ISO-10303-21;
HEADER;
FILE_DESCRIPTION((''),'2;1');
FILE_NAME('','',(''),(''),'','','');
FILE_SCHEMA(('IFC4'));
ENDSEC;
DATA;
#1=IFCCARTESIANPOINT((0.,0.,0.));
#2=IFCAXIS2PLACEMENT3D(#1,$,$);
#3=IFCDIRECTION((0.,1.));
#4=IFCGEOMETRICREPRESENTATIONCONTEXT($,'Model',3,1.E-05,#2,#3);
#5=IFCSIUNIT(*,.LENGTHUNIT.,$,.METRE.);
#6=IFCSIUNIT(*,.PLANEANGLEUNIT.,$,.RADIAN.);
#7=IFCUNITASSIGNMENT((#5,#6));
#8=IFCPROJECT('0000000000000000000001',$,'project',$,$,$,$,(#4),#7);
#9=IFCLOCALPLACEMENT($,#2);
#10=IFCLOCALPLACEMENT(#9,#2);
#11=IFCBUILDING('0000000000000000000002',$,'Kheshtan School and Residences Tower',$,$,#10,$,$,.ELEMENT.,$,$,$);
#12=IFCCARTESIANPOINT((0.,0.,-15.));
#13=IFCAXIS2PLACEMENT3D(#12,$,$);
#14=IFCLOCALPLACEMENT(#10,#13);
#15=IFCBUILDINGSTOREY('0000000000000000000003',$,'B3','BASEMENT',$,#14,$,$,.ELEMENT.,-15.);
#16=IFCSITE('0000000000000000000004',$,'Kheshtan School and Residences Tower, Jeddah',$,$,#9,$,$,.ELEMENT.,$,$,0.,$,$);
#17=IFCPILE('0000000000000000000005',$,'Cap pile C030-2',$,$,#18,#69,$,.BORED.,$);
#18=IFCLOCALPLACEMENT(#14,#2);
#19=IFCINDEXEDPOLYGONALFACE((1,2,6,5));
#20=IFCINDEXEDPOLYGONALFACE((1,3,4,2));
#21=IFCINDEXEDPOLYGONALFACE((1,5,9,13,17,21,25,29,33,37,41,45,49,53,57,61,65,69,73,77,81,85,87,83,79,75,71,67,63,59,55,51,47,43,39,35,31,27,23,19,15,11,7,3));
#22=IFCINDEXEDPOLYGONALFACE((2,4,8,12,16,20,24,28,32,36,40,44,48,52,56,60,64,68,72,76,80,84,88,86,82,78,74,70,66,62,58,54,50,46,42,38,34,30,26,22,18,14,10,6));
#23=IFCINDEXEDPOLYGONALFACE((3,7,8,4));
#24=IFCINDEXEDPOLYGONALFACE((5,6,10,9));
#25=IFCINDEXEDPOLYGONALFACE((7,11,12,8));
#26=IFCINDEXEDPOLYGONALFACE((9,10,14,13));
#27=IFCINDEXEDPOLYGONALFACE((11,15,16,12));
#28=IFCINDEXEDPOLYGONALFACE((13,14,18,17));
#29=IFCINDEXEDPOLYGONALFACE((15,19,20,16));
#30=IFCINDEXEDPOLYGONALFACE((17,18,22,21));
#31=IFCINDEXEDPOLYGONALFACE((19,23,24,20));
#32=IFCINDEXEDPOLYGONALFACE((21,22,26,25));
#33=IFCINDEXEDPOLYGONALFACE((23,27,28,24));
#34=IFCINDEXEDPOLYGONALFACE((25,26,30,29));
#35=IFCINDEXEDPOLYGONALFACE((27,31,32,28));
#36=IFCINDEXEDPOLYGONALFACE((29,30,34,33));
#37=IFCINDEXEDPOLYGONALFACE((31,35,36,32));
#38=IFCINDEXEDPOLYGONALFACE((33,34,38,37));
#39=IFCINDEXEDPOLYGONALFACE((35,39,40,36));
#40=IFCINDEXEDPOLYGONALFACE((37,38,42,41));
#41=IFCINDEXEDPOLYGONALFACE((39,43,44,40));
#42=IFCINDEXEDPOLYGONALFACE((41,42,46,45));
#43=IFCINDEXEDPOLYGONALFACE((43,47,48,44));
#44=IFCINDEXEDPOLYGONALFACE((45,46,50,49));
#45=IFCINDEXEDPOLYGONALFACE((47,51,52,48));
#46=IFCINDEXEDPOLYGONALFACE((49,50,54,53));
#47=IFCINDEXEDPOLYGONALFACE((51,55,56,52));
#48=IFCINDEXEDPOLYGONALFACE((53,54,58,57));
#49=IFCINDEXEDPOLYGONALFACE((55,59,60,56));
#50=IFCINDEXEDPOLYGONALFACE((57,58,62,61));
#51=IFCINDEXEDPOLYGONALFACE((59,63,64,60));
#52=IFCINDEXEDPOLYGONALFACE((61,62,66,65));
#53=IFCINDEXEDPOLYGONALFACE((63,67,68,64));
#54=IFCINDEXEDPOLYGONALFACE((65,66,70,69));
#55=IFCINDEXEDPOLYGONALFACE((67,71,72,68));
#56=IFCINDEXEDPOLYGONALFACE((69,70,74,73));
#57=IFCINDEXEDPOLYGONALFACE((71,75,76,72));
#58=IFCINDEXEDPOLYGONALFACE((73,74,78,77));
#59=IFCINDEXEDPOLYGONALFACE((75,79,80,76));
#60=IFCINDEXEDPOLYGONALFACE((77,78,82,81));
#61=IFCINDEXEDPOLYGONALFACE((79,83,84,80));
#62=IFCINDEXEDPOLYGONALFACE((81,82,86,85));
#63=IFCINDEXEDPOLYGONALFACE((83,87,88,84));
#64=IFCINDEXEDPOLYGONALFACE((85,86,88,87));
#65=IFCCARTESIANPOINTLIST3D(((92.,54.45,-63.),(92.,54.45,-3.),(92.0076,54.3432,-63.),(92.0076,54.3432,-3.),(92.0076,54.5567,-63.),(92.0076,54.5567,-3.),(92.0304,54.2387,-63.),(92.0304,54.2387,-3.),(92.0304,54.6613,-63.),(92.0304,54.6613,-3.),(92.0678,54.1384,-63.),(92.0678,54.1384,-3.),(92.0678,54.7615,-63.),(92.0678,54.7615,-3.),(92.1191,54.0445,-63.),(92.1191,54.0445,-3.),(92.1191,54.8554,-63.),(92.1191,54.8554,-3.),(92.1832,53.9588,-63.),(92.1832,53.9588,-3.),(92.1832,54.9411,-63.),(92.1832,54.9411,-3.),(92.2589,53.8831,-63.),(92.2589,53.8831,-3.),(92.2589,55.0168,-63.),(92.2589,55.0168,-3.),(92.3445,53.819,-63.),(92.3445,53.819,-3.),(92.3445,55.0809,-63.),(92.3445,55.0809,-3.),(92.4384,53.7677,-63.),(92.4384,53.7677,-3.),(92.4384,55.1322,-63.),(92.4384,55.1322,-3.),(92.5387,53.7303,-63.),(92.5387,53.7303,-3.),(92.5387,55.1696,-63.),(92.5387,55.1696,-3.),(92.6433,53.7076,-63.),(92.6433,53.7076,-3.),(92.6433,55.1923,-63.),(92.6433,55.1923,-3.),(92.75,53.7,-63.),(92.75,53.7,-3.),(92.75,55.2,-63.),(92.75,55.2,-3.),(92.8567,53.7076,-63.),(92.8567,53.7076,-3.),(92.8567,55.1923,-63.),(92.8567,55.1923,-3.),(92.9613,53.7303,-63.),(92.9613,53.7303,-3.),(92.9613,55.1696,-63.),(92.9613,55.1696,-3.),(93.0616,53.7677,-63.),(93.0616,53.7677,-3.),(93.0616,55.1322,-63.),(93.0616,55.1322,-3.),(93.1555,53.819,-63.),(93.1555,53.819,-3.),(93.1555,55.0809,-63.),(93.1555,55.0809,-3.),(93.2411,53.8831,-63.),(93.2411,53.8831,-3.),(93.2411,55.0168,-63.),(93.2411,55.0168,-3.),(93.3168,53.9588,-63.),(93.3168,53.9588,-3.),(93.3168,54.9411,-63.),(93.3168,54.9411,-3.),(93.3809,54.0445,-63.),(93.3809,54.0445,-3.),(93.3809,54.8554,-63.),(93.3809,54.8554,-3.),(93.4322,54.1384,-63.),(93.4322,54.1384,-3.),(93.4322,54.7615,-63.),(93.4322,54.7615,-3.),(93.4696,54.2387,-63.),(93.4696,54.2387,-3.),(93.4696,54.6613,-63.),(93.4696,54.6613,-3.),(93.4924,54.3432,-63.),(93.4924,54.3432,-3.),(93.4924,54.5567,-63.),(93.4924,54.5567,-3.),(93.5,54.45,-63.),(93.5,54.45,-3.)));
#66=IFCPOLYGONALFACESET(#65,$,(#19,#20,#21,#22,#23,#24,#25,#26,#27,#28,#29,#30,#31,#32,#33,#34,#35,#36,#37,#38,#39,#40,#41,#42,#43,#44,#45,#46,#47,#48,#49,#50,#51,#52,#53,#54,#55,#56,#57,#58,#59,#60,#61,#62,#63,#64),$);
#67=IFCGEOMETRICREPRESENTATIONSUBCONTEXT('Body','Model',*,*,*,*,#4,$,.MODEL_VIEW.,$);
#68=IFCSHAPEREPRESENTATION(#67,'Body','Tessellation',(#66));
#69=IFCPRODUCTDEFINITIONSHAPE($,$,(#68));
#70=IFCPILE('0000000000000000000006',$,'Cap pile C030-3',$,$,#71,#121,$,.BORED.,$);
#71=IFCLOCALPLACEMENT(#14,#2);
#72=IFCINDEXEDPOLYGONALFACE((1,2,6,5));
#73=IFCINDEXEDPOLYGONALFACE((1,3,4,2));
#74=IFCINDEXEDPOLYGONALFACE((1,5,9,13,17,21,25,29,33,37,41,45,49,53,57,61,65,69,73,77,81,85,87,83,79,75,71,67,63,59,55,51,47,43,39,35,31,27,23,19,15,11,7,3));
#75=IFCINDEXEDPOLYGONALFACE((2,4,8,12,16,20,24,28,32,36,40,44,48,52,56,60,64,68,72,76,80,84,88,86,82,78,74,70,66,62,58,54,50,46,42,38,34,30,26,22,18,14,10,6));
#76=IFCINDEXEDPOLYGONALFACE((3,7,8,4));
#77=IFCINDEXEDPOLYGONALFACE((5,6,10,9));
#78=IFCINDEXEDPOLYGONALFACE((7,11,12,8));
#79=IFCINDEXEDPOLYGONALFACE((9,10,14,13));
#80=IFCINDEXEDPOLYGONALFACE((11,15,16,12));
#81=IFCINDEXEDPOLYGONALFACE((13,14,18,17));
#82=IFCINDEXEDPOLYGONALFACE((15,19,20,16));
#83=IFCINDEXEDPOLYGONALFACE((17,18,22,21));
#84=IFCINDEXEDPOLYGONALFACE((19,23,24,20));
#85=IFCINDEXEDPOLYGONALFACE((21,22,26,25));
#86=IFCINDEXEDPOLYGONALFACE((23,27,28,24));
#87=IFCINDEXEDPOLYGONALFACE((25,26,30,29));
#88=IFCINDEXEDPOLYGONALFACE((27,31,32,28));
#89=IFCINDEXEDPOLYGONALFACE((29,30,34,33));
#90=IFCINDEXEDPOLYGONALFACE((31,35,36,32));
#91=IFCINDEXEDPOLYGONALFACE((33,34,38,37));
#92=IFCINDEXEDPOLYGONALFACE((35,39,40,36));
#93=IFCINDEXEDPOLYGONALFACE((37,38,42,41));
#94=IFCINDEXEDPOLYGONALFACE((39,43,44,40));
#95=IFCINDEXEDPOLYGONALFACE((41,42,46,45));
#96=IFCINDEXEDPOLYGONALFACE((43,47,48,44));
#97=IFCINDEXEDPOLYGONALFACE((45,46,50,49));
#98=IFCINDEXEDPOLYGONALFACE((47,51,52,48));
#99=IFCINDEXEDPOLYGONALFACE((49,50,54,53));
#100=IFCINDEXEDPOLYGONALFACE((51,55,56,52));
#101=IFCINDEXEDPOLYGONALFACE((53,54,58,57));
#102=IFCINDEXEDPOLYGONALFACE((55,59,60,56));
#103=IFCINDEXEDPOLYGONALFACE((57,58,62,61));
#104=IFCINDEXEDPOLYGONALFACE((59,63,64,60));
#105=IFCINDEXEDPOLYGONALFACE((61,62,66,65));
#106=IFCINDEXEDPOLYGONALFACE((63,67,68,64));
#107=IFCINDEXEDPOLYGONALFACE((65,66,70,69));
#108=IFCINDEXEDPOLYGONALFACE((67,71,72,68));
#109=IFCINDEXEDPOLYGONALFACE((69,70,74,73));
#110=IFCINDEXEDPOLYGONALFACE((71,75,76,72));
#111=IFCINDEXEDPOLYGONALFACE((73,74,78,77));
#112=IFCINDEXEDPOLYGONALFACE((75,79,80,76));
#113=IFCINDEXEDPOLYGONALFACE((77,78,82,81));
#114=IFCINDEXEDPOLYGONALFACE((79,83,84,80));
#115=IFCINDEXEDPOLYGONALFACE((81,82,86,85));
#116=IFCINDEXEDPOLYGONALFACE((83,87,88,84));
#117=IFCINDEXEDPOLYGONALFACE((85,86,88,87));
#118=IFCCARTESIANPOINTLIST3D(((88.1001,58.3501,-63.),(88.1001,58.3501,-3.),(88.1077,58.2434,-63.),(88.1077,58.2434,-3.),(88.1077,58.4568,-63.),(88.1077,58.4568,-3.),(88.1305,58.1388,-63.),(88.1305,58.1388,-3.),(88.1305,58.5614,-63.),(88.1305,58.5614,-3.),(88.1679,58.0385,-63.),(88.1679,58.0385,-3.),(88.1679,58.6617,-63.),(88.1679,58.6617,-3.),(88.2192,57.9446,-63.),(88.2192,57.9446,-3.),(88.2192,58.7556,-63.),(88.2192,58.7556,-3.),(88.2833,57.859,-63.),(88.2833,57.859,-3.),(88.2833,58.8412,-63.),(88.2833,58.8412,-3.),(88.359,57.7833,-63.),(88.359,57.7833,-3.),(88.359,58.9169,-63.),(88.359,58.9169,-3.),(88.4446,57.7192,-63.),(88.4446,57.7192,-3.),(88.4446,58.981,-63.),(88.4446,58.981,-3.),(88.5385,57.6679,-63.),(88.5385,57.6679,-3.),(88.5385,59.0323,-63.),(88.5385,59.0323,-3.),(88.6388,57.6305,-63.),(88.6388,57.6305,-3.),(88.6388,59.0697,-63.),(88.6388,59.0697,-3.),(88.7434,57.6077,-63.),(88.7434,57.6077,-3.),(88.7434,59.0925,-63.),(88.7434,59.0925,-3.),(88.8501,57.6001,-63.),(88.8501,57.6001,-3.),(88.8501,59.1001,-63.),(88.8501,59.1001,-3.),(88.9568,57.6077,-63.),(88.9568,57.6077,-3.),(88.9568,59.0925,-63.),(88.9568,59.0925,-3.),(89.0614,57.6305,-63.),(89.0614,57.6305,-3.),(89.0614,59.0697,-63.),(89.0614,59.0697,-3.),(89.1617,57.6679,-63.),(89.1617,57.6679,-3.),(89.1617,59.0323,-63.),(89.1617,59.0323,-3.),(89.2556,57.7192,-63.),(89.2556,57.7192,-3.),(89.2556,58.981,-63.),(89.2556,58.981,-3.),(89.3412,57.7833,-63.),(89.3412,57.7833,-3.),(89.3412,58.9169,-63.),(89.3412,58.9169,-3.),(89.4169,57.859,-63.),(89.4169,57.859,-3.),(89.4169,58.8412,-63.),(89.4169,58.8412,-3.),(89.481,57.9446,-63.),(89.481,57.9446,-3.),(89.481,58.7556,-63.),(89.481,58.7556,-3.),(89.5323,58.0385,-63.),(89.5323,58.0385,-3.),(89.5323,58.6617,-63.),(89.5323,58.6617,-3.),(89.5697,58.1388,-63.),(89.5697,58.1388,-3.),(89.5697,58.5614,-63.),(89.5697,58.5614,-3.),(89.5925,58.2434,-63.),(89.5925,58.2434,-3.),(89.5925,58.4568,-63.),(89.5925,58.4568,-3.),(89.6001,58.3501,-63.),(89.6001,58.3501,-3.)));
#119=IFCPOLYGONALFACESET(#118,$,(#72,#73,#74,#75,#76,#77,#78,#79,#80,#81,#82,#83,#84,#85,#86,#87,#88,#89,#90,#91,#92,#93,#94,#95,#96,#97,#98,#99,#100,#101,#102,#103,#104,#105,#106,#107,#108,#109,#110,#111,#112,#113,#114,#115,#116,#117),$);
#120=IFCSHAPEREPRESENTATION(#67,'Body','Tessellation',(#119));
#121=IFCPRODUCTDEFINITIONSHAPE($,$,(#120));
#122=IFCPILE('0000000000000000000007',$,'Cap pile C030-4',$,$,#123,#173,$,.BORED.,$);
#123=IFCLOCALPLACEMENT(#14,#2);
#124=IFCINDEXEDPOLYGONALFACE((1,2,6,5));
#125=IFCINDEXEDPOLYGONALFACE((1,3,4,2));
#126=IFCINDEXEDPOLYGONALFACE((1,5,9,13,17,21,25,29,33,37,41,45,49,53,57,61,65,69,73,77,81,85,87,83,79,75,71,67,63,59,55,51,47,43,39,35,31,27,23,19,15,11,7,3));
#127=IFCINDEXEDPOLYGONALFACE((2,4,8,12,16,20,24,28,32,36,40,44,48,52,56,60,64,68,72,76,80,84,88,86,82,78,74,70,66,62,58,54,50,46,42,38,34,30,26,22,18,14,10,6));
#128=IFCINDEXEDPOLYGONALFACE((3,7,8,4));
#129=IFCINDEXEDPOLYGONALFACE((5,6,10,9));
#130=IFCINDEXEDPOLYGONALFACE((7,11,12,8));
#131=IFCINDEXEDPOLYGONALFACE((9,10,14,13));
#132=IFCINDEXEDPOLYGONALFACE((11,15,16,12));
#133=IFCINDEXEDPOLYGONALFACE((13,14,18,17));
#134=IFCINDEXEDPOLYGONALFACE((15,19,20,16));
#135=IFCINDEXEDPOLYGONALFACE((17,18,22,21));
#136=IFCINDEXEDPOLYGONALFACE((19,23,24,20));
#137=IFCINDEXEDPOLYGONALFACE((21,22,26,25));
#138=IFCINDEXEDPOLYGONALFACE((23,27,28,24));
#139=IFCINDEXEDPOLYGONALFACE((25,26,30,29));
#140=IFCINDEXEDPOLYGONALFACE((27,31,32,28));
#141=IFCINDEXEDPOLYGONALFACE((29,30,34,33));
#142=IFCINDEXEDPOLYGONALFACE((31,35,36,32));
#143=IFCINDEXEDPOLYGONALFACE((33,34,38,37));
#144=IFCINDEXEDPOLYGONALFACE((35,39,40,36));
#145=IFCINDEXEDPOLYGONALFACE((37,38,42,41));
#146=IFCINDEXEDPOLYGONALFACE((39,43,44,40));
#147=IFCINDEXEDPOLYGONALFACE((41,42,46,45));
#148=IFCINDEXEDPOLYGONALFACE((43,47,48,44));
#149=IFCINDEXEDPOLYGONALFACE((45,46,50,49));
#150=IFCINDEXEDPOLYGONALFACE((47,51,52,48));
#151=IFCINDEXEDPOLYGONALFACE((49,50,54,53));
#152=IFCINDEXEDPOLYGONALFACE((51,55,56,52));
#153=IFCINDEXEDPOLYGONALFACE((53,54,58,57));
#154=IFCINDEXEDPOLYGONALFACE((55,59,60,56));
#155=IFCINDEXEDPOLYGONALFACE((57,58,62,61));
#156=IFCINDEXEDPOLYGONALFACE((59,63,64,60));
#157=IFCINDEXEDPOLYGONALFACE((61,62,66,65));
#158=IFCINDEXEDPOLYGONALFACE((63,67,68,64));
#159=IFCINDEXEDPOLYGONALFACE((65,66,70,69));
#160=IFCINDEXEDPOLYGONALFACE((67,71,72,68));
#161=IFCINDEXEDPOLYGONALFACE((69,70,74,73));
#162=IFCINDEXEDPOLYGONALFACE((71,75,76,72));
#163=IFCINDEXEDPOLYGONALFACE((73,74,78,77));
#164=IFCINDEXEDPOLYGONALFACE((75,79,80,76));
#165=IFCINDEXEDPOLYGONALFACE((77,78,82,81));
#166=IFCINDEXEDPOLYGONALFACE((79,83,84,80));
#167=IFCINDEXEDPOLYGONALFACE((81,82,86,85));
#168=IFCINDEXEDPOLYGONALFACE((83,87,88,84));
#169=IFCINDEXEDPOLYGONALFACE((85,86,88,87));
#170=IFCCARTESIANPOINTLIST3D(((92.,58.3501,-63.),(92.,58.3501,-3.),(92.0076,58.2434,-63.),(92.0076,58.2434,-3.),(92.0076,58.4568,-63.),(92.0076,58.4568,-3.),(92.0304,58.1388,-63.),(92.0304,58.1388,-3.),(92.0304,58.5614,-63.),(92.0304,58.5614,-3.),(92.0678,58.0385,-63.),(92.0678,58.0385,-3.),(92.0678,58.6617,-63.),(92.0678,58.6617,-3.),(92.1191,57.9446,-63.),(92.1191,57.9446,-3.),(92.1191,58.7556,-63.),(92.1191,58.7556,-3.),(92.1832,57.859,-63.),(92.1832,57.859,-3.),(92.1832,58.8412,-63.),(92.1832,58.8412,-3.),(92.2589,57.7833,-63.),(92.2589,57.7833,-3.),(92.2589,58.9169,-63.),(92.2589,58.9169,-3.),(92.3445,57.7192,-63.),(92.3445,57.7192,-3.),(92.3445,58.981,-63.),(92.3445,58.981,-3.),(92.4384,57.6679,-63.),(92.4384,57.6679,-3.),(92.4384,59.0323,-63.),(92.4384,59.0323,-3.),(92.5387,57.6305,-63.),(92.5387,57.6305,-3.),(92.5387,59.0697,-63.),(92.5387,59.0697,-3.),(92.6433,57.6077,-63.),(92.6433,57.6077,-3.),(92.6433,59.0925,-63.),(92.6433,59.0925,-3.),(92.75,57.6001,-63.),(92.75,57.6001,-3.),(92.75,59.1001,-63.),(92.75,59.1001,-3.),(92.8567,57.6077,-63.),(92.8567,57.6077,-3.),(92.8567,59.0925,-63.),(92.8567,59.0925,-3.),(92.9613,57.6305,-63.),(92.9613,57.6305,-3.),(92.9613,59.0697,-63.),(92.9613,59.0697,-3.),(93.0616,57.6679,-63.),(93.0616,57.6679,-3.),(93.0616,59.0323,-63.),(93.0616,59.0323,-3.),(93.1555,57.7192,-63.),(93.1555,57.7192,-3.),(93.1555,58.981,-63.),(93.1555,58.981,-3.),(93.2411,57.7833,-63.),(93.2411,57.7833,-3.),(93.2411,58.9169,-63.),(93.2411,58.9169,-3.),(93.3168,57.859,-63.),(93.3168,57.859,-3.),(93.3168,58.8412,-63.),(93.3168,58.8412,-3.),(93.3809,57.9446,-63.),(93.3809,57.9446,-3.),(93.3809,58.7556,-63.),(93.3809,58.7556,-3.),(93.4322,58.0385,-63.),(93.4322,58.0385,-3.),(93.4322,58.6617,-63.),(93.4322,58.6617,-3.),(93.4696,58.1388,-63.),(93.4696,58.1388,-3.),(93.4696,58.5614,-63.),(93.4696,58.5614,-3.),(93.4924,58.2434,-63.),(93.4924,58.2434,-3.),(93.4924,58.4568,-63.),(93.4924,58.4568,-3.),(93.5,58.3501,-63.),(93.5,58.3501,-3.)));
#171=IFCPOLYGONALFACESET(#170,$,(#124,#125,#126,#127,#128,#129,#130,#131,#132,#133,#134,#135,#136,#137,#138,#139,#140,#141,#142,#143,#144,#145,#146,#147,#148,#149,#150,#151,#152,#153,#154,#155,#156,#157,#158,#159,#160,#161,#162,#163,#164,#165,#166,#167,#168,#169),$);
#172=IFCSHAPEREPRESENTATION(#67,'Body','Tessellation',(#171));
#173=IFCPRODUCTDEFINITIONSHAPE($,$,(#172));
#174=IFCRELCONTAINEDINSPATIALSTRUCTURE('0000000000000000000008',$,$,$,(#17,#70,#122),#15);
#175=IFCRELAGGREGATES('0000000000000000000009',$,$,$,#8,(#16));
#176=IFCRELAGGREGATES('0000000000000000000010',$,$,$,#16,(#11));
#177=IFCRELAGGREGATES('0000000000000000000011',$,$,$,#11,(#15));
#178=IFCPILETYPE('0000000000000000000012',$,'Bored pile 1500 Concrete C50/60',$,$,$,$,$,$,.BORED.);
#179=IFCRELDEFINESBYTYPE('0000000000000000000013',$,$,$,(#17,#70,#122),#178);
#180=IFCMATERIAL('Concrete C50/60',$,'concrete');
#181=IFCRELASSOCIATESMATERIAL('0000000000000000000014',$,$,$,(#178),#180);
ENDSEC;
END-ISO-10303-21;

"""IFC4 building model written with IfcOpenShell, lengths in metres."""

from ifc_helpers import new_model, si_unit, direction, frame, origin, origin_2d, place, context, subcontext, project, spatial, circle, extrude, material, material_profile, profile_set, type_object, element, save


model = new_model("IFC4")

# Units and contexts
model_context = context("Model", 3, precision=1e-05, world=origin(), true_north=direction((0.0, 1.0)))
body_context = subcontext(model_context, "Body", "Model", "MODEL_VIEW")
ifc_project = project(units=[si_unit("LENGTHUNIT", "METRE"), si_unit("PLANEANGLEUNIT", "RADIAN")], contexts=[model_context])

# Site, building, storey
site_placement = place(None, origin())
site = spatial("IfcSite", under=ifc_project, at=site_placement, Name="Kheshtan School and Residences Tower, Jeddah", CompositionType="ELEMENT", RefElevation=0.0)
building_placement = place(site_placement, origin())
building = spatial("IfcBuilding", under=site, at=building_placement, Name="Kheshtan School and Residences Tower", CompositionType="ELEMENT")
storey_placement = place(building_placement, frame((0.0, 0.0, -15.0)))
storey = spatial("IfcBuildingStorey", under=building, at=storey_placement, Name="B3", Description="BASEMENT", CompositionType="ELEMENT", Elevation=-15.0)

# Piles
ifc_material_1 = material(Name="Concrete C50/60", Category="concrete")
ifc_material_profile_1 = material_profile(ifc_material_1, circle(Radius=0.75, at=origin_2d()), Name="BP 1500")
ifc_profile_set_1 = profile_set([ifc_material_profile_1], Name="Concrete C50/60")
pile_type_1 = type_object("IfcPileType", Name="Bored pile 1500 Concrete C50/60", PredefinedType="BORED", material=ifc_profile_set_1)
for number, where, z_axis, x_axis, name in (
    (1, (92.75, 54.45, -3.0), (0.0, 0.0, -1.0), (1.0, 0.0, 0.0), "Cap pile C030-2"),
    (2, (88.8501, 58.3501, -3.0), (0.0, 0.0, -1.0), (1.0, 0.0, 0.0), "Cap pile C030-3"),
    (3, (92.75, 58.3501, -3.0), (0.0, 0.0, -1.0), (1.0, 0.0, 0.0), "Cap pile C030-4"),
):
    element("IfcPile", number, at=place(storey_placement, frame(where, z_axis=z_axis, x_axis=x_axis)), inside=storey, type_object=pile_type_1, Name=name, PredefinedType="BORED", context=body_context, shape_type="SweptSolid", body=[
        extrude(circle(Radius=0.75, at=origin_2d()), origin(), (0.0, 0.0, 1.0), 60.0),
    ])

save(model, "model.ifc")
